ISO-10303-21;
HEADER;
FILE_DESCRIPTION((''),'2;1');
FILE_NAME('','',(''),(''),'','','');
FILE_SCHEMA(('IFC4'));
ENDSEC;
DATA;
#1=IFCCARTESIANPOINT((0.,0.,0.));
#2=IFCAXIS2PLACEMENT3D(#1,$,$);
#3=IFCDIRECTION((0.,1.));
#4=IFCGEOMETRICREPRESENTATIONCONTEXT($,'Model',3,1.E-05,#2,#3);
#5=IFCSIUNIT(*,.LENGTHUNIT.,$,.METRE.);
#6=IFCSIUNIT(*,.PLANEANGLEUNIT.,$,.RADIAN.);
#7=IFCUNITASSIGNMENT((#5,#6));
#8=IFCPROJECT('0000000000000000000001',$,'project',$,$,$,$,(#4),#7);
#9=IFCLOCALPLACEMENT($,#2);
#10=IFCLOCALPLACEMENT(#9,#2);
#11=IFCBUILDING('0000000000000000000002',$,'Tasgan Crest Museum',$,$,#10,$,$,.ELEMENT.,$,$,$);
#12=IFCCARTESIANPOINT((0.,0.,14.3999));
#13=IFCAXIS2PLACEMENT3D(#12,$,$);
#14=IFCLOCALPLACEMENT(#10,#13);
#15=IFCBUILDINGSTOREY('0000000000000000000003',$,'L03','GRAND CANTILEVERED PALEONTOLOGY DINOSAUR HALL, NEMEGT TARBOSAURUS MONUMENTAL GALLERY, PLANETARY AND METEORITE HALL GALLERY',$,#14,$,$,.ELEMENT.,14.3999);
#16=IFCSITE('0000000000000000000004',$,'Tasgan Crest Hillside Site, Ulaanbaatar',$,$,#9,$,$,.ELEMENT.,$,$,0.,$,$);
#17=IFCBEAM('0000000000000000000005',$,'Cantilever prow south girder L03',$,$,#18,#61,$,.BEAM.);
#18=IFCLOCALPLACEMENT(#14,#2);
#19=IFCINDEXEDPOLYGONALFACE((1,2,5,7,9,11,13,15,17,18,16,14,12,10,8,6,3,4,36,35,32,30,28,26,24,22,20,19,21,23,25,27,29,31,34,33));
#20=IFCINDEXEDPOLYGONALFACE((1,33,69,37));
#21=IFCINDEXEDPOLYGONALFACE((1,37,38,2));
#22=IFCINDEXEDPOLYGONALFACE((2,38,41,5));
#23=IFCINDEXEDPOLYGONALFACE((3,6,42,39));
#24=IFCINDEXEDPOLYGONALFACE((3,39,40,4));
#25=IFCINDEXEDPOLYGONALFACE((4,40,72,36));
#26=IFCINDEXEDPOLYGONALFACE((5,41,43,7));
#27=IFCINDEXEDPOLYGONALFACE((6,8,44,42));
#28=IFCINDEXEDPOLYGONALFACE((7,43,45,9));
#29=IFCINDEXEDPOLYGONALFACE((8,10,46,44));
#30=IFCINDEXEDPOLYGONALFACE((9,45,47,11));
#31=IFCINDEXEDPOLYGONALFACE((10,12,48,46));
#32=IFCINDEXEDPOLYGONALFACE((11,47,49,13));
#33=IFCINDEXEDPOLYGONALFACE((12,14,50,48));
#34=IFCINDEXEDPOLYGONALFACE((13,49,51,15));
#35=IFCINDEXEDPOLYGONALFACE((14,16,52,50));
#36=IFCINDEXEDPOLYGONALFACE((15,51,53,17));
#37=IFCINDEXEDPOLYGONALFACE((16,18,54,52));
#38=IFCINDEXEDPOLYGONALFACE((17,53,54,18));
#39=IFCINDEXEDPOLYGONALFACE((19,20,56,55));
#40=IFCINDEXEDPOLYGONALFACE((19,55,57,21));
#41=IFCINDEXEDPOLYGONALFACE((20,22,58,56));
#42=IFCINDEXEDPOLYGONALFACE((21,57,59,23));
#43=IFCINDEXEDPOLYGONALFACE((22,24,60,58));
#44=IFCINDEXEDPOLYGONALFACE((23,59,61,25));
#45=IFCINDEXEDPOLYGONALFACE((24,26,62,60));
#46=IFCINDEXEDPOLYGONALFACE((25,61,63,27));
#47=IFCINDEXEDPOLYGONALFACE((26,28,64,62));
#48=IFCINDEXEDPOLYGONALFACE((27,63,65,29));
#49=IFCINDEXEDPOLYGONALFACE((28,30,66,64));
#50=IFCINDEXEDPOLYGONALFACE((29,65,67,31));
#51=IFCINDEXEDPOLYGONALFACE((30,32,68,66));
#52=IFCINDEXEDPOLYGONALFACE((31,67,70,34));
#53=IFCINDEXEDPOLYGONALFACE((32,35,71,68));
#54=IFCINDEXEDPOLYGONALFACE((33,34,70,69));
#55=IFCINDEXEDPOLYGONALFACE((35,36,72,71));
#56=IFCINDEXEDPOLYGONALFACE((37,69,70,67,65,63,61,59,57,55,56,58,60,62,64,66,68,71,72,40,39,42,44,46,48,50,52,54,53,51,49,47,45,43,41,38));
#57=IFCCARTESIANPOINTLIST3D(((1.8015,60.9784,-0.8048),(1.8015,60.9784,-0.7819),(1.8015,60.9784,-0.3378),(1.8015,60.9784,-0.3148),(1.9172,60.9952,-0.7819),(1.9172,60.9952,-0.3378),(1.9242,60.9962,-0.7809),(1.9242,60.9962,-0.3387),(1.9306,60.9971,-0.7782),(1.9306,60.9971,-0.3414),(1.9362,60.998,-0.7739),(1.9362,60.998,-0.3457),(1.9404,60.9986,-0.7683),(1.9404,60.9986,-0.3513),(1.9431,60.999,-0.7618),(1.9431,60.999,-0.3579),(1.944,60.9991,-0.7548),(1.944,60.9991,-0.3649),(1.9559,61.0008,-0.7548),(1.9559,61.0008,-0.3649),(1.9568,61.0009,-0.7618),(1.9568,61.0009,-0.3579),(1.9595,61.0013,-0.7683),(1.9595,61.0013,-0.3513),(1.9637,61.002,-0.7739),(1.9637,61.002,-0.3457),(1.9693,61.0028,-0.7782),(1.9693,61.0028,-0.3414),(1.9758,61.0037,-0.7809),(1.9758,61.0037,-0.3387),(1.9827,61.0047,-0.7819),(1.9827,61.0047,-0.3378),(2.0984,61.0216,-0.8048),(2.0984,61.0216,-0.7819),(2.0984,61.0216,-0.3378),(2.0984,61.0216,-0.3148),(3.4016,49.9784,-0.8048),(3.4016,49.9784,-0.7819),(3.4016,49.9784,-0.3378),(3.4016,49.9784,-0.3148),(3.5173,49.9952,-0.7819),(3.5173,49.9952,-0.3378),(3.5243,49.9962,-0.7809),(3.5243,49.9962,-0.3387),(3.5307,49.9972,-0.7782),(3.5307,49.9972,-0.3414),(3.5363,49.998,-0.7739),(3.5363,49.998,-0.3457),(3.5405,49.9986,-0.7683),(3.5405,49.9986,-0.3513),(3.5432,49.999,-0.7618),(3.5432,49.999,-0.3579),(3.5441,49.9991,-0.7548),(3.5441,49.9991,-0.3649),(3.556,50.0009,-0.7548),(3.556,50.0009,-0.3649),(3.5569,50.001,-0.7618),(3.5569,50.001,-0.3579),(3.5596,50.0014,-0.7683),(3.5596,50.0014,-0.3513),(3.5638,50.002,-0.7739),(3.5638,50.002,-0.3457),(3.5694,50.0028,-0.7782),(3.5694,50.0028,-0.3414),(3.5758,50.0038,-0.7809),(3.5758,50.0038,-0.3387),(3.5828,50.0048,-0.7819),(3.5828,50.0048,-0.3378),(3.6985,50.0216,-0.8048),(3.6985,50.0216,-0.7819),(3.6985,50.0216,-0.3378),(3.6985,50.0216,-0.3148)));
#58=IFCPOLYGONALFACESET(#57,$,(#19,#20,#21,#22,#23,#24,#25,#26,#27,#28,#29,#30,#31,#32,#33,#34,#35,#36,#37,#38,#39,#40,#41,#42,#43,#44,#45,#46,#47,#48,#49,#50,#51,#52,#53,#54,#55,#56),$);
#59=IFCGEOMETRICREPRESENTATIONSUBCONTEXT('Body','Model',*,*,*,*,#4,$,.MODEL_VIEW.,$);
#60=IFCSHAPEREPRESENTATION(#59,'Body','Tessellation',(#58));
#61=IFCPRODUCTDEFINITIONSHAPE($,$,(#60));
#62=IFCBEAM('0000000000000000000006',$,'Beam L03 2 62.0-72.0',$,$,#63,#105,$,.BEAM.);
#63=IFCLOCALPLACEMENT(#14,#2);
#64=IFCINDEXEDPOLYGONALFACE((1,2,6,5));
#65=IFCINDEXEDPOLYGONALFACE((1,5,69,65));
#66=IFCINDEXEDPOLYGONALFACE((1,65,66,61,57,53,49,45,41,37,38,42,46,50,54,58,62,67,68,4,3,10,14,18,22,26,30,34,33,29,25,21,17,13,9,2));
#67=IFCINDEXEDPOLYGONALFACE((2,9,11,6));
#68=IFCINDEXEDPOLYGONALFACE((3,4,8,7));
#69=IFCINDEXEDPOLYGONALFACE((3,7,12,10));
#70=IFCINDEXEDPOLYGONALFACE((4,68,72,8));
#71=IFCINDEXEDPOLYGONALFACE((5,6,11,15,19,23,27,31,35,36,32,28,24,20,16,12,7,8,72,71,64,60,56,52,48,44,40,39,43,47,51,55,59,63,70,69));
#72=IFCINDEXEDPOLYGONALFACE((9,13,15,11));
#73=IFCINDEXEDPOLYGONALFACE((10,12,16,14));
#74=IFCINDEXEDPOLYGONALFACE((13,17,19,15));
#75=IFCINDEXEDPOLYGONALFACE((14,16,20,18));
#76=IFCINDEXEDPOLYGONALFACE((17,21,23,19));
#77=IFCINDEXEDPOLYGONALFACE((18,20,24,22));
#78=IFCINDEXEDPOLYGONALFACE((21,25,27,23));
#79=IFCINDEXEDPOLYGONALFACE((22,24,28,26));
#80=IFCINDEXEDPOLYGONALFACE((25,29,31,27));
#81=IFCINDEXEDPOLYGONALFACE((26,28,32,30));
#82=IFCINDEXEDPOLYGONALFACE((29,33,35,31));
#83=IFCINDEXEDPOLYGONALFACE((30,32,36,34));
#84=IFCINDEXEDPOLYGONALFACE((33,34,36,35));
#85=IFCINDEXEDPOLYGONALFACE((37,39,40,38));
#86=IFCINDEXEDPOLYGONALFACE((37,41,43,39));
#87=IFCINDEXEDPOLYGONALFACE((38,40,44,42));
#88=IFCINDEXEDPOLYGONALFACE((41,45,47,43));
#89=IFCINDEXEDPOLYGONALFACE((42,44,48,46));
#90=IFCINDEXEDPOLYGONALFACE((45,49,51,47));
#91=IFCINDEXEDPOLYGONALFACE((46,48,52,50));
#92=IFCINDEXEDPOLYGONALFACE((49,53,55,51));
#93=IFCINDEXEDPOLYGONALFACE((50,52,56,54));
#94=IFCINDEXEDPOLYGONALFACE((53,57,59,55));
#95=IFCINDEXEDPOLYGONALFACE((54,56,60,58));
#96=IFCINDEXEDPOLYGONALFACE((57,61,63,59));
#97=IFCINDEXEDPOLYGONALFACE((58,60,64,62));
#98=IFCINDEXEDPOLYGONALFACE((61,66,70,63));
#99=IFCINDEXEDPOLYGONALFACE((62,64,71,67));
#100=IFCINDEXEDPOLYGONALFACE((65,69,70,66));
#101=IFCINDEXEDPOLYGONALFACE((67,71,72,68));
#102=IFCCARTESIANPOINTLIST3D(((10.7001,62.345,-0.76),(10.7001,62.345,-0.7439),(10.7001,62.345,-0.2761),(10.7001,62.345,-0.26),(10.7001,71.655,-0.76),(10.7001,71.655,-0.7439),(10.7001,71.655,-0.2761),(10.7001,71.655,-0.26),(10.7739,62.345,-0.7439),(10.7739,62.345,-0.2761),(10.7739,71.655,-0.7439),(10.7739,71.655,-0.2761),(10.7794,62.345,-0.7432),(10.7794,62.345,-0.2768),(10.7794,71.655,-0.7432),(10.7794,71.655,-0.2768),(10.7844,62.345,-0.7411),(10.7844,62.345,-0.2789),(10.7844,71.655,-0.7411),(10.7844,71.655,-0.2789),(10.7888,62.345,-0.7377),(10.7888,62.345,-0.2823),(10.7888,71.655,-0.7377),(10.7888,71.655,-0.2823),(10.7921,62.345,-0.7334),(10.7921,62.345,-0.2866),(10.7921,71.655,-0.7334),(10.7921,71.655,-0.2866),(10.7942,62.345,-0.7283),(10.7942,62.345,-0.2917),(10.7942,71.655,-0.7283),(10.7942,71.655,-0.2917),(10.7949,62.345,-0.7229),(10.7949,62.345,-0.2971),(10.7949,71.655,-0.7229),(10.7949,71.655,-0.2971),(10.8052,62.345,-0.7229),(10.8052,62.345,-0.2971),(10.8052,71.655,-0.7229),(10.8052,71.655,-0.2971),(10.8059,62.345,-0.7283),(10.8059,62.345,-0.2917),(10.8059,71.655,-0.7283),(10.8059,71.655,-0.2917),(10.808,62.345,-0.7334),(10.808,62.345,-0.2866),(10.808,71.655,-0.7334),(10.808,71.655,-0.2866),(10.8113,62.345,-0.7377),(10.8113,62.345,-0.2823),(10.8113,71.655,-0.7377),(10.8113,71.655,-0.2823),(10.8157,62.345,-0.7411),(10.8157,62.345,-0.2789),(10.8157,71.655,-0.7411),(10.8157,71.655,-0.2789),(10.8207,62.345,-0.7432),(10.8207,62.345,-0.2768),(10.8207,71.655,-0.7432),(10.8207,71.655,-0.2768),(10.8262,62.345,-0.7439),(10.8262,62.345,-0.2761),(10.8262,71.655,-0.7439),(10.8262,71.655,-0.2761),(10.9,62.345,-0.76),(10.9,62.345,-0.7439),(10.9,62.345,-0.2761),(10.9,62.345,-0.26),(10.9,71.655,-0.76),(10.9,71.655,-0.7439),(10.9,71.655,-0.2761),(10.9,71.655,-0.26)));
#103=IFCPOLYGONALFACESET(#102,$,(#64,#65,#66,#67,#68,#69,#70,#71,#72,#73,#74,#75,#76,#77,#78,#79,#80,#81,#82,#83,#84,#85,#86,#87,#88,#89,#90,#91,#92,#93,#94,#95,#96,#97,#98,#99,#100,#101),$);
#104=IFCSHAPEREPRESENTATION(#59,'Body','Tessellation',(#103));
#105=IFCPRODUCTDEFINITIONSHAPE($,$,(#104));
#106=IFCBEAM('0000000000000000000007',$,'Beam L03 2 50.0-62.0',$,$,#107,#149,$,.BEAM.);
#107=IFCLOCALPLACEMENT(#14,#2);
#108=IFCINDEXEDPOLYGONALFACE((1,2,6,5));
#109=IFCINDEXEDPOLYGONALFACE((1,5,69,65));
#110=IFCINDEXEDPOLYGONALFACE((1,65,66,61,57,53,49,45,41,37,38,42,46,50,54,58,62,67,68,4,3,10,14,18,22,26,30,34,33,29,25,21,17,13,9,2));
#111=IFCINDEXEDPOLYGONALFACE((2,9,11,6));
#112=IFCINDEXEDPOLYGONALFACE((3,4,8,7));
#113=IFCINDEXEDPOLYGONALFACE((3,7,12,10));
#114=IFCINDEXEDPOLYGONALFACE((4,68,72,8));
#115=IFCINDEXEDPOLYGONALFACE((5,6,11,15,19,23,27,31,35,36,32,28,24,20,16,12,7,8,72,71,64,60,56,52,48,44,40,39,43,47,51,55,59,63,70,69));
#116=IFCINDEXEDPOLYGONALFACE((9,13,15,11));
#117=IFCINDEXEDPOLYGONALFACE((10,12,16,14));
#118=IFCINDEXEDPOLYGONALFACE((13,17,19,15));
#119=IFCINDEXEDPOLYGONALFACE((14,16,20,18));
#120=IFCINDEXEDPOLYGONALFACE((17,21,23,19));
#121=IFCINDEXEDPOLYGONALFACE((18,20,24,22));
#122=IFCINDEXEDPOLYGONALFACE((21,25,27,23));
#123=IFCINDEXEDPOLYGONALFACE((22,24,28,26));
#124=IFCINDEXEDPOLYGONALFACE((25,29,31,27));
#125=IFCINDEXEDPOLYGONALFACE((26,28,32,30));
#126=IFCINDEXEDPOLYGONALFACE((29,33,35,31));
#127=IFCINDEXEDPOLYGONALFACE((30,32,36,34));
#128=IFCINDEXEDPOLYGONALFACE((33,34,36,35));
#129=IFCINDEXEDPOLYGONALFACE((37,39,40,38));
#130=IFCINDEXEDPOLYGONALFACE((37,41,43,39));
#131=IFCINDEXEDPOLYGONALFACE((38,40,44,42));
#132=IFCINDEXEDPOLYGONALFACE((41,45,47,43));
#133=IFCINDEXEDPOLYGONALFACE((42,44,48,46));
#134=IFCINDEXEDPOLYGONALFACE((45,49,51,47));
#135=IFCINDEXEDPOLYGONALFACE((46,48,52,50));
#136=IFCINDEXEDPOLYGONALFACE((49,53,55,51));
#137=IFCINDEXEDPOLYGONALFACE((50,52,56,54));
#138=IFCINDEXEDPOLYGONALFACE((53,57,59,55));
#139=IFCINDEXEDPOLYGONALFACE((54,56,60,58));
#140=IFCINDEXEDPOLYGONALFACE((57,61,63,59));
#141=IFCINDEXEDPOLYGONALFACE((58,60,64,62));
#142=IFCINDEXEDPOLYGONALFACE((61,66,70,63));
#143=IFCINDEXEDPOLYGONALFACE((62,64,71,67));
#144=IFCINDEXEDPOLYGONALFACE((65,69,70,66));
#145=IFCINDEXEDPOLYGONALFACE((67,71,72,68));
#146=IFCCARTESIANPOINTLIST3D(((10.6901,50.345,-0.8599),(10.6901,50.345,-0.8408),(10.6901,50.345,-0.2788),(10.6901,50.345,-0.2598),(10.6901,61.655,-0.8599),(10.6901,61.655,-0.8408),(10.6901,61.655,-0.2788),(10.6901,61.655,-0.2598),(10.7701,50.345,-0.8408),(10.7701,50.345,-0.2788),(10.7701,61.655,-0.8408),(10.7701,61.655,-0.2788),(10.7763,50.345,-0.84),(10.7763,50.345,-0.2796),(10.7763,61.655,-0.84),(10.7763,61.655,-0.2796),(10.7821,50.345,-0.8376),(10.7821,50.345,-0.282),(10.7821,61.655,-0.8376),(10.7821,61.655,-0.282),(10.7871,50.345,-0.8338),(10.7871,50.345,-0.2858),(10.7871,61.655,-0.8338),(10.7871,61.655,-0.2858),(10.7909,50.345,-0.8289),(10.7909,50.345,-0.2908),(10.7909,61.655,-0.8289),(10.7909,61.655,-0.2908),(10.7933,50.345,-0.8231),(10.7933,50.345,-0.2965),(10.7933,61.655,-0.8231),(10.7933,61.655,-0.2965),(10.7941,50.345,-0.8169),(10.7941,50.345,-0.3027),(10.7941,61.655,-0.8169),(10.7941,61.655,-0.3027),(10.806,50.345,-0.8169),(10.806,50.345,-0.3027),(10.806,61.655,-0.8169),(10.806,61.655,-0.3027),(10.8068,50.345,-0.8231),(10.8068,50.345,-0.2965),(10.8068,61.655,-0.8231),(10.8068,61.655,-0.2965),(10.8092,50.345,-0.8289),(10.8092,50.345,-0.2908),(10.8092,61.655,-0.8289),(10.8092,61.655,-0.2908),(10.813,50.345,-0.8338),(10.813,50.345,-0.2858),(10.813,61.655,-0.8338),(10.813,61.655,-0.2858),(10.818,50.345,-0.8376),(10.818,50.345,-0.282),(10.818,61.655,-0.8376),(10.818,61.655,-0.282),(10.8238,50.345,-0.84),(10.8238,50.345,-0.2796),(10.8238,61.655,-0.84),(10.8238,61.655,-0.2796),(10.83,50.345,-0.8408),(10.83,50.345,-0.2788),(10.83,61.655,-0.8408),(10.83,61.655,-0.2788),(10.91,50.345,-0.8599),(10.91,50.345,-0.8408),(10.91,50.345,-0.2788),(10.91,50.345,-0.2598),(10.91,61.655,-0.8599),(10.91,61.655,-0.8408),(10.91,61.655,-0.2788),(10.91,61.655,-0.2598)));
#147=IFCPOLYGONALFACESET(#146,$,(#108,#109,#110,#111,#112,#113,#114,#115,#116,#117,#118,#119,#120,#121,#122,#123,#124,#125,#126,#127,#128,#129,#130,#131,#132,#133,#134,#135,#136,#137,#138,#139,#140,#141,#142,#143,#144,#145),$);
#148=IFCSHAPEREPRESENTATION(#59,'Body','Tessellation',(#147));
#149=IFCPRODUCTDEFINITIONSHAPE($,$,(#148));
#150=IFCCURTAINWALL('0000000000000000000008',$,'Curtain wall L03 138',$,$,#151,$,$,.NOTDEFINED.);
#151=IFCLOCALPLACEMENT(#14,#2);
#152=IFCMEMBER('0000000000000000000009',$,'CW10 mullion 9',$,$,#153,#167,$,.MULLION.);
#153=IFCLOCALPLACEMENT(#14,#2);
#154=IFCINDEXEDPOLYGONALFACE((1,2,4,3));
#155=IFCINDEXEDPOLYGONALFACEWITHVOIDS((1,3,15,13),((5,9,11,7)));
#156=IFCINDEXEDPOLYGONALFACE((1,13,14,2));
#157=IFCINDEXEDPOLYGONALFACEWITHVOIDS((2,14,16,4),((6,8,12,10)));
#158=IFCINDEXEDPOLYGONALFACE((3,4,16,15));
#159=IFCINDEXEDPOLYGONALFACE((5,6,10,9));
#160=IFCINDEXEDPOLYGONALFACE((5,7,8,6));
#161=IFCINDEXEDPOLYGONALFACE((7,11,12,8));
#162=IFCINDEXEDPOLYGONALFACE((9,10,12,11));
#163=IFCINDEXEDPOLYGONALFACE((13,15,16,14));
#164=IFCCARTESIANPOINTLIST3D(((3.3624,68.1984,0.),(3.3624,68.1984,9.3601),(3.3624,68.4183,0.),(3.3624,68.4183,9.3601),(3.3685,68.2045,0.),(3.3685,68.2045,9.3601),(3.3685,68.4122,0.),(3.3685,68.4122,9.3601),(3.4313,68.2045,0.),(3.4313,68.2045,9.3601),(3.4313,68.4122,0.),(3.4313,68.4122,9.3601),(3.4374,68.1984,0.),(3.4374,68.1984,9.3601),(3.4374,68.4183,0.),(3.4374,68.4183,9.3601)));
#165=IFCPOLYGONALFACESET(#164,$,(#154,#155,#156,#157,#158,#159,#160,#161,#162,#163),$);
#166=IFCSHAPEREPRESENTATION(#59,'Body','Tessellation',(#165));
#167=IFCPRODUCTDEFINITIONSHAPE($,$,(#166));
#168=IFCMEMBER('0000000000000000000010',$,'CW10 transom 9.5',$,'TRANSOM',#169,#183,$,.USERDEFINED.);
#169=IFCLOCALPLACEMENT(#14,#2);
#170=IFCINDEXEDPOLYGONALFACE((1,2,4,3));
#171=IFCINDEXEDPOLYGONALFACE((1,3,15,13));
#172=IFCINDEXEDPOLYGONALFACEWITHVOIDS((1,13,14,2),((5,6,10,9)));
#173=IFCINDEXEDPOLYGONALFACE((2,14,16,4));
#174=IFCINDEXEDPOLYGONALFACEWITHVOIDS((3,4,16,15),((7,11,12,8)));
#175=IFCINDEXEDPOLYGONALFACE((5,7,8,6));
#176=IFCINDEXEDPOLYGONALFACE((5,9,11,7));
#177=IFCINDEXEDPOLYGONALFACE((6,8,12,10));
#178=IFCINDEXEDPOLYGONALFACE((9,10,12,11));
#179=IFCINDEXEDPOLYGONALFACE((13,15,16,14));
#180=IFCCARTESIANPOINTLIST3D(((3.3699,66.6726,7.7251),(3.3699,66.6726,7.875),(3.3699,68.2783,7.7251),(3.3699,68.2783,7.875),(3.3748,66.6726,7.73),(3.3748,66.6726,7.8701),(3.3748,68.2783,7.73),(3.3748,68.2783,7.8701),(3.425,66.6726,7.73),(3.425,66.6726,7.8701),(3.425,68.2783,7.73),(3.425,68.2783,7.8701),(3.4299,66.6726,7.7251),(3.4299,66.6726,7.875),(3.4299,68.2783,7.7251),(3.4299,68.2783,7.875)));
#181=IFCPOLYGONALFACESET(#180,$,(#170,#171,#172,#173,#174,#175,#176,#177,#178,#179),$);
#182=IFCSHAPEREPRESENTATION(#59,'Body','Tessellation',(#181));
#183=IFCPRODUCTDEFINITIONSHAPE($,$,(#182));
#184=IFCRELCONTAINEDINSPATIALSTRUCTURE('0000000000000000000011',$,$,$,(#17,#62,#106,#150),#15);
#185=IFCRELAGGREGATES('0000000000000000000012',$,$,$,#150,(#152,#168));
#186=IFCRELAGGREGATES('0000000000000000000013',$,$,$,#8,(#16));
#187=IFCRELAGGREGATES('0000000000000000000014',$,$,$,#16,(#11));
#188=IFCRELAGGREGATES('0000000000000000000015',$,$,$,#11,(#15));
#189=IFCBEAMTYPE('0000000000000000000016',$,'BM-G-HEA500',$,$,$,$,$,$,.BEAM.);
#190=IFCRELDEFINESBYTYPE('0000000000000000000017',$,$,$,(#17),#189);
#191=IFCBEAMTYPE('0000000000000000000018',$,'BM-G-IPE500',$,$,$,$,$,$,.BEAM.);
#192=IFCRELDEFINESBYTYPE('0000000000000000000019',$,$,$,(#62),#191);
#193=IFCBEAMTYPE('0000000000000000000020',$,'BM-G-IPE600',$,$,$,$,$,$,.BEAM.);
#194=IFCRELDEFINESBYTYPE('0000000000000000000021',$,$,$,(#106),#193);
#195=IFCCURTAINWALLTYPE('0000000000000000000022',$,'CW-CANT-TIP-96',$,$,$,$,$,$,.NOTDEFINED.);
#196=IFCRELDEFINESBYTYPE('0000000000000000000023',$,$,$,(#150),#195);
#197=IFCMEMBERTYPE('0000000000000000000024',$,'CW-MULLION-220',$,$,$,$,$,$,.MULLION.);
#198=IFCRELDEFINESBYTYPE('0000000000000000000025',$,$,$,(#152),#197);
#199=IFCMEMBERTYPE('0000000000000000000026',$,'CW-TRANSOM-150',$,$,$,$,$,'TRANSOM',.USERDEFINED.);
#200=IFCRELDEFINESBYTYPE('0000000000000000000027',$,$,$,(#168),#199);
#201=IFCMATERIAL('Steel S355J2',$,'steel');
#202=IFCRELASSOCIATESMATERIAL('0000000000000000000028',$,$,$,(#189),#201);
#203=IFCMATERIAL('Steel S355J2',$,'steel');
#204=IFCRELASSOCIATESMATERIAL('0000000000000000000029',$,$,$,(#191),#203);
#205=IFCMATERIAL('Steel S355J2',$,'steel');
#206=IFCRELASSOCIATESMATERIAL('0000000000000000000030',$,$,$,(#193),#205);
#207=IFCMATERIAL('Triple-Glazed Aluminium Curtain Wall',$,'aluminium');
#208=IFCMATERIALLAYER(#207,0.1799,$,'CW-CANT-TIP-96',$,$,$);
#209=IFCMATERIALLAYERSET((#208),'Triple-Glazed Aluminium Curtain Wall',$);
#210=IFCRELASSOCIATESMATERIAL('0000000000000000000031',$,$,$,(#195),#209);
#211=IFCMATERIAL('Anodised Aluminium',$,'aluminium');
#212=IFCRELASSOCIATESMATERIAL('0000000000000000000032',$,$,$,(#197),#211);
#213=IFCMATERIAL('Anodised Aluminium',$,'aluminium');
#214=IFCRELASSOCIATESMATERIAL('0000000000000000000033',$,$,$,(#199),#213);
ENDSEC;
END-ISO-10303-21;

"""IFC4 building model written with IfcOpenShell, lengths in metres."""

from ifc_helpers import new_model, si_unit, direction, frame, origin, origin_2d, place, context, subcontext, project, spatial, hollow_rectangle, i_section, extrude, material, layer, layer_set, material_profile, profile_set, type_object, element, aggregate, save


model = new_model("IFC4")

# Units and contexts
model_context = context("Model", 3, precision=1e-05, world=origin(), true_north=direction((0.0, 1.0)))
body_context = subcontext(model_context, "Body", "Model", "MODEL_VIEW")
ifc_project = project(units=[si_unit("LENGTHUNIT", "METRE"), si_unit("PLANEANGLEUNIT", "RADIAN")], contexts=[model_context])

# Site, building, storey
site_placement = place(None, origin())
site = spatial("IfcSite", under=ifc_project, at=site_placement, Name="Tasgan Crest Hillside Site, Ulaanbaatar", CompositionType="ELEMENT", RefElevation=0.0)
building_placement = place(site_placement, origin())
building = spatial("IfcBuilding", under=site, at=building_placement, Name="Tasgan Crest Museum", CompositionType="ELEMENT")
storey_placement = place(building_placement, frame((0.0, 0.0, 14.3999)))
storey = spatial("IfcBuildingStorey", under=building, at=storey_placement, Name="L03", Description="GRAND CANTILEVERED PALEONTOLOGY DINOSAUR HALL, NEMEGT TARBOSAURUS MONUMENTAL GALLERY, PLANETARY AND METEORITE HALL GALLERY", CompositionType="ELEMENT", Elevation=14.3999)

# Beams
ifc_material_1 = material(Name="Steel S355J2", Category="steel")
ifc_material_profile_1 = material_profile(ifc_material_1, i_section(OverallWidth=0.3, OverallDepth=0.49, WebThickness=0.012, FlangeThickness=0.0229, FilletRadius=0.0271, at=origin_2d()), Name="HEA 500")
ifc_profile_set_1 = profile_set([ifc_material_profile_1], Name="Steel S355J2")
beam_type_1 = type_object("IfcBeamType", Name="BM-G-HEA500", PredefinedType="BEAM", material=ifc_profile_set_1)
beam_1_placement = place(storey_placement, frame((3.55, 50.0, -0.5598), z_axis=(-0.143948, 0.989585, 0.0), x_axis=(-0.989585, -0.143948, 0.0)))
element("IfcBeam", 1, at=beam_1_placement, inside=storey, type_object=beam_type_1, Name="Cantilever prow south girder L03", PredefinedType="BEAM", context=body_context, shape_type="SweptSolid", body=[
    extrude(i_section(OverallWidth=0.3, OverallDepth=0.49, WebThickness=0.012, FlangeThickness=0.0229, FilletRadius=0.0271, at=origin_2d()), origin(), (0.0, 0.0, 1.0), 11.1157),
])
ifc_material_2 = material(Name="Steel S355J2", Category="steel")
ifc_material_profile_2 = material_profile(ifc_material_2, i_section(OverallWidth=0.2, OverallDepth=0.5, WebThickness=0.0103, FlangeThickness=0.0161, FilletRadius=0.021, at=origin_2d()), Name="IPE 500")
ifc_profile_set_2 = profile_set([ifc_material_profile_2], Name="Steel S355J2")
beam_type_2 = type_object("IfcBeamType", Name="BM-G-IPE500", PredefinedType="BEAM", material=ifc_profile_set_2)
beam_2_placement = place(storey_placement, frame((10.8, 62.345, -0.51), z_axis=(0.0, 1.0, 0.0), x_axis=(-1.0, 0.0, 0.0)))
element("IfcBeam", 2, at=beam_2_placement, inside=storey, type_object=beam_type_2, Name="Beam L03 2 62.0-72.0", PredefinedType="BEAM", context=body_context, shape_type="SweptSolid", body=[
    extrude(i_section(OverallWidth=0.2, OverallDepth=0.5, WebThickness=0.0103, FlangeThickness=0.0161, FilletRadius=0.021, at=origin_2d()), origin(), (0.0, 0.0, 1.0), 9.3101),
])
ifc_material_3 = material(Name="Steel S355J2", Category="steel")
ifc_material_profile_3 = material_profile(ifc_material_3, i_section(OverallWidth=0.22, OverallDepth=0.6001, WebThickness=0.012, FlangeThickness=0.019, FilletRadius=0.0239, at=origin_2d()), Name="IPE 600")
ifc_profile_set_3 = profile_set([ifc_material_profile_3], Name="Steel S355J2")
beam_type_3 = type_object("IfcBeamType", Name="BM-G-IPE600", PredefinedType="BEAM", material=ifc_profile_set_3)
beam_3_placement = place(storey_placement, frame((10.8, 50.345, -0.5598), z_axis=(0.0, 1.0, 0.0), x_axis=(-1.0, 0.0, 0.0)))
element("IfcBeam", 3, at=beam_3_placement, inside=storey, type_object=beam_type_3, Name="Beam L03 2 50.0-62.0", PredefinedType="BEAM", context=body_context, shape_type="SweptSolid", body=[
    extrude(i_section(OverallWidth=0.22, OverallDepth=0.6001, WebThickness=0.012, FlangeThickness=0.019, FilletRadius=0.0239, at=origin_2d()), origin(), (0.0, 0.0, 1.0), 11.3101),
])

# Curtain wall, members
ifc_material_4 = material(Name="Triple-Glazed Aluminium Curtain Wall", Category="aluminium")
ifc_layer_1 = layer(ifc_material_4, 0.1799, Name="CW-CANT-TIP-96")
ifc_layer_set_1 = layer_set([ifc_layer_1], Name="Triple-Glazed Aluminium Curtain Wall")
curtain_wall_type = type_object("IfcCurtainWallType", Name="CW-CANT-TIP-96", PredefinedType="NOTDEFINED", material=ifc_layer_set_1)
curtain_wall_placement = place(storey_placement, origin())
curtain_wall = element("IfcCurtainWall", 4, at=curtain_wall_placement, inside=storey, type_object=curtain_wall_type, Name="Curtain wall L03 138", PredefinedType="NOTDEFINED")
ifc_material_5 = material(Name="Anodised Aluminium", Category="aluminium")
ifc_material_profile_4 = material_profile(ifc_material_5, hollow_rectangle(XDim=0.075, YDim=0.22, WallThickness=0.0061, at=origin_2d()), Name="ALU MULLION 220x75x6")
ifc_profile_set_4 = profile_set([ifc_material_profile_4], Name="Anodised Aluminium")
member_type_1 = type_object("IfcMemberType", Name="CW-MULLION-220", PredefinedType="MULLION", material=ifc_profile_set_4)
member_1_placement = place(storey_placement, frame((3.3999, 68.3083, 0.0), z_axis=(0.0, 0.0, 1.0), x_axis=(1.0, 0.0, 0.0)))
member_1 = element("IfcMember", 5, at=member_1_placement, type_object=member_type_1, Name="CW10 mullion 9", PredefinedType="MULLION", context=body_context, shape_type="SweptSolid", body=[
    extrude(hollow_rectangle(XDim=0.075, YDim=0.22, WallThickness=0.0061, at=origin_2d()), origin(), (0.0, 0.0, 1.0), 9.3601),
])
ifc_material_6 = material(Name="Anodised Aluminium", Category="aluminium")
ifc_material_profile_5 = material_profile(ifc_material_6, hollow_rectangle(XDim=0.0601, YDim=0.1499, WallThickness=0.0049, at=origin_2d()), Name="ALU TRANSOM 150x60x5")
ifc_profile_set_5 = profile_set([ifc_material_profile_5], Name="Anodised Aluminium")
member_type_2 = type_object("IfcMemberType", Name="CW-TRANSOM-150", ElementType="TRANSOM", PredefinedType="USERDEFINED", material=ifc_profile_set_5)
member_2_placement = place(storey_placement, frame((3.3999, 68.2783, 7.8), z_axis=(0.0, -1.0, 0.0), x_axis=(1.0, 0.0, 0.0)))
member_2 = element("IfcMember", 6, at=member_2_placement, type_object=member_type_2, Name="CW10 transom 9.5", ObjectType="TRANSOM", PredefinedType="USERDEFINED", context=body_context, shape_type="SweptSolid", body=[
    extrude(hollow_rectangle(XDim=0.0601, YDim=0.1499, WallThickness=0.0049, at=origin_2d()), origin(), (0.0, 0.0, 1.0), 1.6057),
])
aggregate(curtain_wall, [member_1, member_2])

save(model, "model.ifc")
